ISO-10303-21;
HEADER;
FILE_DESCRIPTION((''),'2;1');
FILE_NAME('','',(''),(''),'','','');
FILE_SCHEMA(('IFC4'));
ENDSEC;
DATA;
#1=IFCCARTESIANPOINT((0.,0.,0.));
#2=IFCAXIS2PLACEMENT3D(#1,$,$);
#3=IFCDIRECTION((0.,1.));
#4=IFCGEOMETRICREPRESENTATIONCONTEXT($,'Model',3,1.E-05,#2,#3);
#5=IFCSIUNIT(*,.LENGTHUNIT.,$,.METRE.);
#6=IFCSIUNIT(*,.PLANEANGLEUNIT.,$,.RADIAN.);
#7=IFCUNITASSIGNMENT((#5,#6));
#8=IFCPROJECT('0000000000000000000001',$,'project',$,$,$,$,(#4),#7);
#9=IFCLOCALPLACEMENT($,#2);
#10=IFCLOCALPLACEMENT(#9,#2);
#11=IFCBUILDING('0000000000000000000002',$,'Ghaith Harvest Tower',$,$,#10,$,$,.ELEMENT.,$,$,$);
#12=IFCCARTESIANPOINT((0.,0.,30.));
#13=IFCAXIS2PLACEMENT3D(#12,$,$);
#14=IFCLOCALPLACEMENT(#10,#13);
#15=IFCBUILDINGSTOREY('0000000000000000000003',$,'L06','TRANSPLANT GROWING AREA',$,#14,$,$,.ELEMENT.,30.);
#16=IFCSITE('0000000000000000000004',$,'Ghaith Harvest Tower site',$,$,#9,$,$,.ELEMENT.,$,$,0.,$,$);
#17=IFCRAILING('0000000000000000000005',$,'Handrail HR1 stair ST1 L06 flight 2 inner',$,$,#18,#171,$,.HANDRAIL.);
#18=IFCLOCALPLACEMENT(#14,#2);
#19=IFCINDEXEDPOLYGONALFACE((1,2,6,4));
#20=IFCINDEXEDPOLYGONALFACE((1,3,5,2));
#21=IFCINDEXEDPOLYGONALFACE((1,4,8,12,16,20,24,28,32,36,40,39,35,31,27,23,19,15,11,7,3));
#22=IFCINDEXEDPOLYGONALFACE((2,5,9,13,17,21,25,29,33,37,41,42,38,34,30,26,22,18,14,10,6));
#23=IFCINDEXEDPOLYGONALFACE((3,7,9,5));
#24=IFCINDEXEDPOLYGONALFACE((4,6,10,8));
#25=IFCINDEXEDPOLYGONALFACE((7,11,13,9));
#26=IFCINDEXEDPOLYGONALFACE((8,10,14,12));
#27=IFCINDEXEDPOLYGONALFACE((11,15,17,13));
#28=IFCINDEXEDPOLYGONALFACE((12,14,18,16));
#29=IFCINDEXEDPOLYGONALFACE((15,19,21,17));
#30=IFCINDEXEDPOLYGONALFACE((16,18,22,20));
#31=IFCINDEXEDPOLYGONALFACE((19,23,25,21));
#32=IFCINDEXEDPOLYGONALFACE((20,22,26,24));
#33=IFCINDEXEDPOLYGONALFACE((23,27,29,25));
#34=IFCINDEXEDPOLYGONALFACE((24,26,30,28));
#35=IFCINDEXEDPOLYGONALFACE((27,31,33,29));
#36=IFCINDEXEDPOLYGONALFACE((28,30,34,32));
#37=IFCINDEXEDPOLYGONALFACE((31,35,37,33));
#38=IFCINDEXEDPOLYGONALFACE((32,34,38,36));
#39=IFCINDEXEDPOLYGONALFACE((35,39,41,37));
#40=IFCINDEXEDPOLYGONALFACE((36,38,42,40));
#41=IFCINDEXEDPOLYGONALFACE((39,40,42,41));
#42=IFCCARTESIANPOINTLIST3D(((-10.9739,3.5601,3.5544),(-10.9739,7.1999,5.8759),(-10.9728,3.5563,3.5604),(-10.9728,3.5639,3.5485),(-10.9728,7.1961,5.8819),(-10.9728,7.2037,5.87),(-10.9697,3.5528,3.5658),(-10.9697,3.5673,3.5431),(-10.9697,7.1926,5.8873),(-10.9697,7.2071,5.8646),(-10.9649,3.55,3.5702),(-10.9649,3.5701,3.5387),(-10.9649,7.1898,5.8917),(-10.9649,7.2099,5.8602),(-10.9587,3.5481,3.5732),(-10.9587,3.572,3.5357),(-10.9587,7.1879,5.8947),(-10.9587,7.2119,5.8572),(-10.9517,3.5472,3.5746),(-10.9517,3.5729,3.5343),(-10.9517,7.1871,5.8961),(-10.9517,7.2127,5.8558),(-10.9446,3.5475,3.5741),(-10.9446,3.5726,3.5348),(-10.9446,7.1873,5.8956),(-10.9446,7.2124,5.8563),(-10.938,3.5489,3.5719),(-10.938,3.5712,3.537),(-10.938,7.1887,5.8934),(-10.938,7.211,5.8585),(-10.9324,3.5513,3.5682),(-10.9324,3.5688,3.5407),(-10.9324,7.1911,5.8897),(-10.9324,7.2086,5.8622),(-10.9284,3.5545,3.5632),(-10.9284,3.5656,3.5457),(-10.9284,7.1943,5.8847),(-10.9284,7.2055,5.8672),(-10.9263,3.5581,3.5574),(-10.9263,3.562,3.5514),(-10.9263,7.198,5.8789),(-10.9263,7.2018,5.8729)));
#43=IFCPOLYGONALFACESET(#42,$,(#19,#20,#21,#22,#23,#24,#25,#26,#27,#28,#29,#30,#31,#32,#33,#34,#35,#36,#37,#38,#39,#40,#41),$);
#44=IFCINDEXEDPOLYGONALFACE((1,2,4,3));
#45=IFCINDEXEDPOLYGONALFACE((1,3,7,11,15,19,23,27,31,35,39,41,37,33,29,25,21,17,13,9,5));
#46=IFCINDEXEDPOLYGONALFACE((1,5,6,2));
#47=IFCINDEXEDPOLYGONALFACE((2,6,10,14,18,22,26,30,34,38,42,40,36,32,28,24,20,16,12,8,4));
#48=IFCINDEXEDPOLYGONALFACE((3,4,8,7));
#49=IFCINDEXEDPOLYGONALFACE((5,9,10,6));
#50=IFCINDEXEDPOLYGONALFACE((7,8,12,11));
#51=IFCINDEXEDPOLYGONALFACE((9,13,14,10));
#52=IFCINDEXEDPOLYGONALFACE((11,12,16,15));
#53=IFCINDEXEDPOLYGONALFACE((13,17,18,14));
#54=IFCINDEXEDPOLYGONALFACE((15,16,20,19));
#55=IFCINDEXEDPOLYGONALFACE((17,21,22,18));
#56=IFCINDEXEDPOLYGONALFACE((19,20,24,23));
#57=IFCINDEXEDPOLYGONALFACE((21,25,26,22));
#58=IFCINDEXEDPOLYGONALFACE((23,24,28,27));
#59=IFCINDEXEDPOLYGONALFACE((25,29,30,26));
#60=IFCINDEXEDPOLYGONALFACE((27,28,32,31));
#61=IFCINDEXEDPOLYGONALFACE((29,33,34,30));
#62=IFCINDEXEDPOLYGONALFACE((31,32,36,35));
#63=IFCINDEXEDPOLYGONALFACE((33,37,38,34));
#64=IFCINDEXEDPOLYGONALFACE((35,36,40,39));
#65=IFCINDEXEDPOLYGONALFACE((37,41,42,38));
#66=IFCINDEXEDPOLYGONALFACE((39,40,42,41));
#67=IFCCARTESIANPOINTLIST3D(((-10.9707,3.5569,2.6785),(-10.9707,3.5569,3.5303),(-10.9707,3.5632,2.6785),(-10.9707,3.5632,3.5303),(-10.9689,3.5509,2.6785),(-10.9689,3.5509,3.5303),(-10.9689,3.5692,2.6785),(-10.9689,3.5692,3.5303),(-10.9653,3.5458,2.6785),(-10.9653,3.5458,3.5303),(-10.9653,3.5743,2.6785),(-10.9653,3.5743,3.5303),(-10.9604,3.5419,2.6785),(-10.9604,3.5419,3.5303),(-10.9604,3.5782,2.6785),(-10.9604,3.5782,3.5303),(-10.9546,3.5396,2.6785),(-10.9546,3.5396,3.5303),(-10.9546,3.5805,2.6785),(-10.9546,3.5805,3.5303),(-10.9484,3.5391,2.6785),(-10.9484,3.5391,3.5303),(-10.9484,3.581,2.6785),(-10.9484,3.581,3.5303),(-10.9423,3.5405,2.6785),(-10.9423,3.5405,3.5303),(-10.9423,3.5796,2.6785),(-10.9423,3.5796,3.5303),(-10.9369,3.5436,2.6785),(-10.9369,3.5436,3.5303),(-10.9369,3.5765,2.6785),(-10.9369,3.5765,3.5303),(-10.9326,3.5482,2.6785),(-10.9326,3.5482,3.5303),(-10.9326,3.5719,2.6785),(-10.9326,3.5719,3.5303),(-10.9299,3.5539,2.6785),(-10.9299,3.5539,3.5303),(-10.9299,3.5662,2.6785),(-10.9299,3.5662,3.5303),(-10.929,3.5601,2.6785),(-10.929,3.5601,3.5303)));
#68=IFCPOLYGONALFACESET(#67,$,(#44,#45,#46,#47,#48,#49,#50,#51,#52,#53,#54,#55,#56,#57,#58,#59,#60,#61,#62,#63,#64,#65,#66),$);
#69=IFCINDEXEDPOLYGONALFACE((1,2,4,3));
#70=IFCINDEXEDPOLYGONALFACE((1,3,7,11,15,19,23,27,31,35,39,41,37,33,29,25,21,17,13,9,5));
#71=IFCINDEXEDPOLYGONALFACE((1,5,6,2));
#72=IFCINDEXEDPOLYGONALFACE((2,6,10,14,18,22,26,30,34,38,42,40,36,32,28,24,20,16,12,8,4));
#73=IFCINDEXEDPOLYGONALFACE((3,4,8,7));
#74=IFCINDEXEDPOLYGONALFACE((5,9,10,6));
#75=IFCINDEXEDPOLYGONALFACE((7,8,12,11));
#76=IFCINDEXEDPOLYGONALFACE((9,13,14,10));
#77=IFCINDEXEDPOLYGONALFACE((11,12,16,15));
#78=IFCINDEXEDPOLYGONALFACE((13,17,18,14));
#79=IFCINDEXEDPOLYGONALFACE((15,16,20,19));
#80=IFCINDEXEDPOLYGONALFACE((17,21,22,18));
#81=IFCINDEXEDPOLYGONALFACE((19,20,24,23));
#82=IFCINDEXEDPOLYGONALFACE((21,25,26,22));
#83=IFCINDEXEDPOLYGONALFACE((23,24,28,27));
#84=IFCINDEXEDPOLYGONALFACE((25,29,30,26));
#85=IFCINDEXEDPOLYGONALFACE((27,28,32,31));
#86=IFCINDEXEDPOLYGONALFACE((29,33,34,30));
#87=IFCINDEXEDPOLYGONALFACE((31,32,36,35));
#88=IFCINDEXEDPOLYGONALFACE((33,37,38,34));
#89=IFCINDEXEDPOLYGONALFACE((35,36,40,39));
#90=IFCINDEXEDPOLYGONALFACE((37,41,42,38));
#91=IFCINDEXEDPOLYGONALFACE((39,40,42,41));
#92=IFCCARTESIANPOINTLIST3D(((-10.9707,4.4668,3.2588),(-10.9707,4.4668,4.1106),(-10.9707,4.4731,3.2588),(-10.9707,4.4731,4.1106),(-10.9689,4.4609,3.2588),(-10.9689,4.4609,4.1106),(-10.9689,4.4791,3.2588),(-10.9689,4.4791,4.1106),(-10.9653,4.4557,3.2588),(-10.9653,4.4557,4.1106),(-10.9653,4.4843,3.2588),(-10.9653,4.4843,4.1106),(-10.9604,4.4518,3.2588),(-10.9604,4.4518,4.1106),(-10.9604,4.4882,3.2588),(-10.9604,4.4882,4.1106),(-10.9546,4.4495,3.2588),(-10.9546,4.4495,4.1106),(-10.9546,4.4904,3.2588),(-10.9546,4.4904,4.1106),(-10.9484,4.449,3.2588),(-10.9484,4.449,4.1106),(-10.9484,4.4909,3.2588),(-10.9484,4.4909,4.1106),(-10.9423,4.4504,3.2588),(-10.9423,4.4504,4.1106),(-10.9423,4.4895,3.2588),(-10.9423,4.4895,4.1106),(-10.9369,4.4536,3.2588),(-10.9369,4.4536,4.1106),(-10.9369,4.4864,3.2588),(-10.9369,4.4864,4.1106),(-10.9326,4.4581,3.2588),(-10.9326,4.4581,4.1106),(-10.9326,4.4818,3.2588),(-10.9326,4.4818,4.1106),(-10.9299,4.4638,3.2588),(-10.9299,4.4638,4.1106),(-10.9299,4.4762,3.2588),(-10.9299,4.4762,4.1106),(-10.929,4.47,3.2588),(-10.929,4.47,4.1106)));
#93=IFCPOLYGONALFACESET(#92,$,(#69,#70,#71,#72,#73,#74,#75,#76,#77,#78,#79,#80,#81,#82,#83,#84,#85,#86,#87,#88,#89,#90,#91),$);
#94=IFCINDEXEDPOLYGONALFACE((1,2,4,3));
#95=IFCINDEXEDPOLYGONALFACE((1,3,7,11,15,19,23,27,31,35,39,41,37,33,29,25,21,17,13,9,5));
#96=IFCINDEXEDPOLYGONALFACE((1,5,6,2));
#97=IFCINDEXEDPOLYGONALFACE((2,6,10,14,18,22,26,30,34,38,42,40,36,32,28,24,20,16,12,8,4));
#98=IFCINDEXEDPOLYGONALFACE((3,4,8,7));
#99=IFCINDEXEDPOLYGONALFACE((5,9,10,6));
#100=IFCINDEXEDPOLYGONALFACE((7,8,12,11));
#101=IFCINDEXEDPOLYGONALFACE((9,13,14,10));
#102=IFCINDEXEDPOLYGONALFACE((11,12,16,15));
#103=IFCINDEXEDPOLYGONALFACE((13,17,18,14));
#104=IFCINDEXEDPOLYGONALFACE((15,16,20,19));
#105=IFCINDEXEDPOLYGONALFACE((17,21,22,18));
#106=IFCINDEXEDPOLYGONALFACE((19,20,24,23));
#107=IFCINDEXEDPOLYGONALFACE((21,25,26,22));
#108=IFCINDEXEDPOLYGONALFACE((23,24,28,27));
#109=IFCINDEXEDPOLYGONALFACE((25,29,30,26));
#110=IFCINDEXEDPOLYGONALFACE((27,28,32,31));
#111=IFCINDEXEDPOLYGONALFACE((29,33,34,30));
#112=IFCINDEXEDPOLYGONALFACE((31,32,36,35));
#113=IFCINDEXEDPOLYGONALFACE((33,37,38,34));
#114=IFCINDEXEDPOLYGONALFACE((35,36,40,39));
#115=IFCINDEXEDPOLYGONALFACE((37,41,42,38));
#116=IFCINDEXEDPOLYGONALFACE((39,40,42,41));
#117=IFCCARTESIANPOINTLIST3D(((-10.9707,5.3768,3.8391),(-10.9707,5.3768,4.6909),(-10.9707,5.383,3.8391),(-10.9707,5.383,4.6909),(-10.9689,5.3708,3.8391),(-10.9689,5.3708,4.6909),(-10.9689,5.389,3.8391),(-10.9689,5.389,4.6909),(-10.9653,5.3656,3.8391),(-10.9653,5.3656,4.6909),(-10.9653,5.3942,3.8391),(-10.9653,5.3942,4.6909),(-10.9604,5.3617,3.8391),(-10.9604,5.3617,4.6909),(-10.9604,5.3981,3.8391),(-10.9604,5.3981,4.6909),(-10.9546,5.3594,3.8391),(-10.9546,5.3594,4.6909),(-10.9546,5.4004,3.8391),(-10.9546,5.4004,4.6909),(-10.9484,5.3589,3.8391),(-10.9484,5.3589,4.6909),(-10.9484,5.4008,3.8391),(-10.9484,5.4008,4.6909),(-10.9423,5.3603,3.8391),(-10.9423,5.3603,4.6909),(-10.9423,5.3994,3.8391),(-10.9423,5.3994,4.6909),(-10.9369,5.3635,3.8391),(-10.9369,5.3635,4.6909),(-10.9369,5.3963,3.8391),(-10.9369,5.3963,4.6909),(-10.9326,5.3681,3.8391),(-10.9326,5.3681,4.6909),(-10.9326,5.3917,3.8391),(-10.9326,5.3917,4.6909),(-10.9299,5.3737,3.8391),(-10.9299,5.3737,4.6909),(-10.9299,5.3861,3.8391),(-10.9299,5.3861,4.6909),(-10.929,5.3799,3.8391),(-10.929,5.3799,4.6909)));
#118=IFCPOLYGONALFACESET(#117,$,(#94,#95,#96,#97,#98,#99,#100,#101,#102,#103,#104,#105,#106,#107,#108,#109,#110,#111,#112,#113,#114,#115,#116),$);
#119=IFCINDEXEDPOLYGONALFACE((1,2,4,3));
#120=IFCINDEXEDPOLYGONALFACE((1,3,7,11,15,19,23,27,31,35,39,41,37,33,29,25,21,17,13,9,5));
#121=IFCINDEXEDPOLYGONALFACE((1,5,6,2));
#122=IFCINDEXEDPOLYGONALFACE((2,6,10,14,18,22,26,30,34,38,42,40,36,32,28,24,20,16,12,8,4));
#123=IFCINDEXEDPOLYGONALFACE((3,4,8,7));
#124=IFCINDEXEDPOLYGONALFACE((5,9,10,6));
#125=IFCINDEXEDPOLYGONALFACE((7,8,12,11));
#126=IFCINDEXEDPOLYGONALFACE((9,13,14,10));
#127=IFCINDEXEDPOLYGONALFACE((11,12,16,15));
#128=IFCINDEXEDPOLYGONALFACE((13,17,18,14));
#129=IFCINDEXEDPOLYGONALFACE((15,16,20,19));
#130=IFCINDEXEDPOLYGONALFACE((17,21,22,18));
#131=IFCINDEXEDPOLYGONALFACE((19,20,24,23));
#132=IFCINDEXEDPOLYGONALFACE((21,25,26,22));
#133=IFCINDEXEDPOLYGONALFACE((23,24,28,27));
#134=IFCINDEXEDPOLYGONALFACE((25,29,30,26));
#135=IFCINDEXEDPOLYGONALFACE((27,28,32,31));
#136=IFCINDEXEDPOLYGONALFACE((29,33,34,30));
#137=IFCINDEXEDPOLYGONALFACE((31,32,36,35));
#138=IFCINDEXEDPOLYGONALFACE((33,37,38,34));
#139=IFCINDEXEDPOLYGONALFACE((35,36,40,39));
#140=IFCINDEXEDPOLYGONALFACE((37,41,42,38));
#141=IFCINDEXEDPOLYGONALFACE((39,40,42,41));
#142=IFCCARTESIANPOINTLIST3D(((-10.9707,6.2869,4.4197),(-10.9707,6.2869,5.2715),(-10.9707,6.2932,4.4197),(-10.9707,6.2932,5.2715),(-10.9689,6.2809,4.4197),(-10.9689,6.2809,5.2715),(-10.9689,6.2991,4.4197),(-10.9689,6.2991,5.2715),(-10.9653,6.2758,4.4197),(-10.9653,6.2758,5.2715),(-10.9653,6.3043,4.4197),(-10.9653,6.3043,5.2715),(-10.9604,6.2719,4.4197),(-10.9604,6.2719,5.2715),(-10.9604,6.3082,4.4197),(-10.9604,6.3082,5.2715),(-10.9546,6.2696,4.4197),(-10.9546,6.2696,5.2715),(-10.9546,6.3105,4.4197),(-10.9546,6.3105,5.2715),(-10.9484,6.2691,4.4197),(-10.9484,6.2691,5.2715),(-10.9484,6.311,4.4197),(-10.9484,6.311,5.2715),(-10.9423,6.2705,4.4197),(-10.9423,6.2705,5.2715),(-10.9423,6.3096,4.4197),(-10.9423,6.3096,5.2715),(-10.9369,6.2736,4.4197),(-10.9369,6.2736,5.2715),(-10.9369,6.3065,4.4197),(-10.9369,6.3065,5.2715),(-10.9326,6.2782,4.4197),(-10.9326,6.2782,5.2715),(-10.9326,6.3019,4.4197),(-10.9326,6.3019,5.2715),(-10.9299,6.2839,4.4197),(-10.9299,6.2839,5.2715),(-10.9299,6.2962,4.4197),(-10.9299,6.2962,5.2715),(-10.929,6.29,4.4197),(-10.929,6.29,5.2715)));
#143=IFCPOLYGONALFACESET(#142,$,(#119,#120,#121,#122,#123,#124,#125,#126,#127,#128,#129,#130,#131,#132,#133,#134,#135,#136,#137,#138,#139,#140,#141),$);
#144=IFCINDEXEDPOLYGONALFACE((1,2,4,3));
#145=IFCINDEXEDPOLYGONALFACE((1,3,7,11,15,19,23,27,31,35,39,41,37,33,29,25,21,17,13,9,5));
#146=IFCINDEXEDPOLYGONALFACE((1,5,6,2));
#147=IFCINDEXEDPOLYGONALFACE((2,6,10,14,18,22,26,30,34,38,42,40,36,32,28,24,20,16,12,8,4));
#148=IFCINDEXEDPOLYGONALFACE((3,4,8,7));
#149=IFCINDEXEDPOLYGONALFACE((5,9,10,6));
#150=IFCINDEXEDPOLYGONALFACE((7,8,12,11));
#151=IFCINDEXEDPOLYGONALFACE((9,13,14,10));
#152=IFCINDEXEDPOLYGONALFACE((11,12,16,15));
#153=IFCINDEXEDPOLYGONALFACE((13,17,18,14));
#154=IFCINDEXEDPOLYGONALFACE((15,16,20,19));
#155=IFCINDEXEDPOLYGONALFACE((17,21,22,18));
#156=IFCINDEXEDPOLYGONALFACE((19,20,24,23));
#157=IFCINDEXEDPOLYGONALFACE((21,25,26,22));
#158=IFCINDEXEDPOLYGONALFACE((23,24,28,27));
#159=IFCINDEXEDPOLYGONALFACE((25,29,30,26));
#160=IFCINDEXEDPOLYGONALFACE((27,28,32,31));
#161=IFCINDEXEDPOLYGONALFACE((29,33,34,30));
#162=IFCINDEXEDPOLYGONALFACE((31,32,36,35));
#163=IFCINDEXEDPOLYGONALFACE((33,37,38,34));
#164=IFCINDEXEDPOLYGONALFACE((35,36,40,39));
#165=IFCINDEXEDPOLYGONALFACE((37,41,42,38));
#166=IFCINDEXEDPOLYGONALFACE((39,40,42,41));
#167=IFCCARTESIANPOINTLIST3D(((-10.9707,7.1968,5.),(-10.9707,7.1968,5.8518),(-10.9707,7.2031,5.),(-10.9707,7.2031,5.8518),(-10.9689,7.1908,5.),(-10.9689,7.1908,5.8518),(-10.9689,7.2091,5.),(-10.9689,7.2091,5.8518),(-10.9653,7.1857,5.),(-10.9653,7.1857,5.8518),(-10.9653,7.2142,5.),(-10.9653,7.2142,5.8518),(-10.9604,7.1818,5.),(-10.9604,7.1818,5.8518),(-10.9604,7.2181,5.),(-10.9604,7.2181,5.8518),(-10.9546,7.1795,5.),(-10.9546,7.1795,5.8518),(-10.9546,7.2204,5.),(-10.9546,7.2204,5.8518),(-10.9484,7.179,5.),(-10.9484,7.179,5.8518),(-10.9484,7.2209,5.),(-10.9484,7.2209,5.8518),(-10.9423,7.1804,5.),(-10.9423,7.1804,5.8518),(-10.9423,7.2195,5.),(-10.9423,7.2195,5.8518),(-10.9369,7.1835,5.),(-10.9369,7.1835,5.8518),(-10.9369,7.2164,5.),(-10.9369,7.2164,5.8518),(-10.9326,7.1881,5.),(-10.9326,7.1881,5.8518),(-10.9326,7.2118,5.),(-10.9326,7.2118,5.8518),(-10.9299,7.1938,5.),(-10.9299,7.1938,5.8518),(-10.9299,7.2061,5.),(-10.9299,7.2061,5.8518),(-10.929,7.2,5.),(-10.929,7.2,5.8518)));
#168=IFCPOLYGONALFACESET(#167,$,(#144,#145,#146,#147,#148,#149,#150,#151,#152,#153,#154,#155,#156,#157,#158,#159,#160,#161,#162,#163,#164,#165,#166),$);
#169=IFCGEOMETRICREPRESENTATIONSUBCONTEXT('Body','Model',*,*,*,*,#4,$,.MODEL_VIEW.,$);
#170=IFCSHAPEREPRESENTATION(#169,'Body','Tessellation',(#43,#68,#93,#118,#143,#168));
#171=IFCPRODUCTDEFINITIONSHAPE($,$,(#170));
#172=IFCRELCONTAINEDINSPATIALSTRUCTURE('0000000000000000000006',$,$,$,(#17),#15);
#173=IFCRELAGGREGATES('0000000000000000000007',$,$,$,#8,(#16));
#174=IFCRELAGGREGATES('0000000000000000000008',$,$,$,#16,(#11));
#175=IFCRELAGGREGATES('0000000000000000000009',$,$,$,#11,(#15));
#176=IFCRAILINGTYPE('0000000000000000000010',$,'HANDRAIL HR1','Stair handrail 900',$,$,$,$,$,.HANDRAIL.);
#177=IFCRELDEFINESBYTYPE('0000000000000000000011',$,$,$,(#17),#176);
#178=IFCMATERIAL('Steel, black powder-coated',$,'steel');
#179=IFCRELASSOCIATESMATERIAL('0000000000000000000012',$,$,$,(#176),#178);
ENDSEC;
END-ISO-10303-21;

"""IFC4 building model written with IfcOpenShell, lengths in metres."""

from ifc_helpers import new_model, si_unit, direction, frame, origin, origin_2d, place, context, subcontext, project, spatial, circle, extrude, material, type_object, element, save


model = new_model("IFC4")

# Units and contexts
model_context = context("Model", 3, precision=1e-05, world=origin(), true_north=direction((0.0, 1.0)))
body_context = subcontext(model_context, "Body", "Model", "MODEL_VIEW")
ifc_project = project(units=[si_unit("LENGTHUNIT", "METRE"), si_unit("PLANEANGLEUNIT", "RADIAN")], contexts=[model_context])

# Site, building, storey
site_placement = place(None, origin())
site = spatial("IfcSite", under=ifc_project, at=site_placement, Name="Ghaith Harvest Tower site", CompositionType="ELEMENT", RefElevation=0.0)
building_placement = place(site_placement, origin())
building = spatial("IfcBuilding", under=site, at=building_placement, Name="Ghaith Harvest Tower", CompositionType="ELEMENT")
storey_placement = place(building_placement, frame((0.0, 0.0, 30.0)))
storey = spatial("IfcBuildingStorey", under=building, at=storey_placement, Name="L06", Description="TRANSPLANT GROWING AREA", CompositionType="ELEMENT", Elevation=30.0)

# Railing
ifc_material_1 = material(Name="Steel, black powder-coated", Category="steel")
railing_type = type_object("IfcRailingType", Name="HANDRAIL HR1", Description="Stair handrail 900", PredefinedType="HANDRAIL", material=ifc_material_1)
railing_1_placement = place(storey_placement, frame((-10.95, 3.5601, 2.6785)))
element("IfcRailing", 1, at=railing_1_placement, inside=storey, type_object=railing_type, Name="Handrail HR1 stair ST1 L06 flight 2 inner", PredefinedType="HANDRAIL", context=body_context, shape_type="SweptSolid", body=[
    extrude(circle(Radius=0.0239, at=origin_2d()), frame((0.0, 0.0, 0.876), z_axis=(0.0, 0.843112, 0.537739), x_axis=(-1.0, 0.0, 0.0)), (0.0, 0.0, 1.0), 4.3171),
    extrude(circle(Radius=0.021, at=origin_2d()), origin(), (0.0, 0.0, 1.0), 0.8518),
    extrude(circle(Radius=0.021, at=origin_2d()), frame((0.0, 0.9099, 0.5803)), (0.0, 0.0, 1.0), 0.8518),
    extrude(circle(Radius=0.021, at=origin_2d()), frame((0.0, 1.8198, 1.1606)), (0.0, 0.0, 1.0), 0.8518),
    extrude(circle(Radius=0.021, at=origin_2d()), frame((0.0, 2.73, 1.7412)), (0.0, 0.0, 1.0), 0.8518),
    extrude(circle(Radius=0.021, at=origin_2d()), frame((0.0, 3.6399, 2.3215)), (0.0, 0.0, 1.0), 0.8518),
])

save(model, "model.ifc")
